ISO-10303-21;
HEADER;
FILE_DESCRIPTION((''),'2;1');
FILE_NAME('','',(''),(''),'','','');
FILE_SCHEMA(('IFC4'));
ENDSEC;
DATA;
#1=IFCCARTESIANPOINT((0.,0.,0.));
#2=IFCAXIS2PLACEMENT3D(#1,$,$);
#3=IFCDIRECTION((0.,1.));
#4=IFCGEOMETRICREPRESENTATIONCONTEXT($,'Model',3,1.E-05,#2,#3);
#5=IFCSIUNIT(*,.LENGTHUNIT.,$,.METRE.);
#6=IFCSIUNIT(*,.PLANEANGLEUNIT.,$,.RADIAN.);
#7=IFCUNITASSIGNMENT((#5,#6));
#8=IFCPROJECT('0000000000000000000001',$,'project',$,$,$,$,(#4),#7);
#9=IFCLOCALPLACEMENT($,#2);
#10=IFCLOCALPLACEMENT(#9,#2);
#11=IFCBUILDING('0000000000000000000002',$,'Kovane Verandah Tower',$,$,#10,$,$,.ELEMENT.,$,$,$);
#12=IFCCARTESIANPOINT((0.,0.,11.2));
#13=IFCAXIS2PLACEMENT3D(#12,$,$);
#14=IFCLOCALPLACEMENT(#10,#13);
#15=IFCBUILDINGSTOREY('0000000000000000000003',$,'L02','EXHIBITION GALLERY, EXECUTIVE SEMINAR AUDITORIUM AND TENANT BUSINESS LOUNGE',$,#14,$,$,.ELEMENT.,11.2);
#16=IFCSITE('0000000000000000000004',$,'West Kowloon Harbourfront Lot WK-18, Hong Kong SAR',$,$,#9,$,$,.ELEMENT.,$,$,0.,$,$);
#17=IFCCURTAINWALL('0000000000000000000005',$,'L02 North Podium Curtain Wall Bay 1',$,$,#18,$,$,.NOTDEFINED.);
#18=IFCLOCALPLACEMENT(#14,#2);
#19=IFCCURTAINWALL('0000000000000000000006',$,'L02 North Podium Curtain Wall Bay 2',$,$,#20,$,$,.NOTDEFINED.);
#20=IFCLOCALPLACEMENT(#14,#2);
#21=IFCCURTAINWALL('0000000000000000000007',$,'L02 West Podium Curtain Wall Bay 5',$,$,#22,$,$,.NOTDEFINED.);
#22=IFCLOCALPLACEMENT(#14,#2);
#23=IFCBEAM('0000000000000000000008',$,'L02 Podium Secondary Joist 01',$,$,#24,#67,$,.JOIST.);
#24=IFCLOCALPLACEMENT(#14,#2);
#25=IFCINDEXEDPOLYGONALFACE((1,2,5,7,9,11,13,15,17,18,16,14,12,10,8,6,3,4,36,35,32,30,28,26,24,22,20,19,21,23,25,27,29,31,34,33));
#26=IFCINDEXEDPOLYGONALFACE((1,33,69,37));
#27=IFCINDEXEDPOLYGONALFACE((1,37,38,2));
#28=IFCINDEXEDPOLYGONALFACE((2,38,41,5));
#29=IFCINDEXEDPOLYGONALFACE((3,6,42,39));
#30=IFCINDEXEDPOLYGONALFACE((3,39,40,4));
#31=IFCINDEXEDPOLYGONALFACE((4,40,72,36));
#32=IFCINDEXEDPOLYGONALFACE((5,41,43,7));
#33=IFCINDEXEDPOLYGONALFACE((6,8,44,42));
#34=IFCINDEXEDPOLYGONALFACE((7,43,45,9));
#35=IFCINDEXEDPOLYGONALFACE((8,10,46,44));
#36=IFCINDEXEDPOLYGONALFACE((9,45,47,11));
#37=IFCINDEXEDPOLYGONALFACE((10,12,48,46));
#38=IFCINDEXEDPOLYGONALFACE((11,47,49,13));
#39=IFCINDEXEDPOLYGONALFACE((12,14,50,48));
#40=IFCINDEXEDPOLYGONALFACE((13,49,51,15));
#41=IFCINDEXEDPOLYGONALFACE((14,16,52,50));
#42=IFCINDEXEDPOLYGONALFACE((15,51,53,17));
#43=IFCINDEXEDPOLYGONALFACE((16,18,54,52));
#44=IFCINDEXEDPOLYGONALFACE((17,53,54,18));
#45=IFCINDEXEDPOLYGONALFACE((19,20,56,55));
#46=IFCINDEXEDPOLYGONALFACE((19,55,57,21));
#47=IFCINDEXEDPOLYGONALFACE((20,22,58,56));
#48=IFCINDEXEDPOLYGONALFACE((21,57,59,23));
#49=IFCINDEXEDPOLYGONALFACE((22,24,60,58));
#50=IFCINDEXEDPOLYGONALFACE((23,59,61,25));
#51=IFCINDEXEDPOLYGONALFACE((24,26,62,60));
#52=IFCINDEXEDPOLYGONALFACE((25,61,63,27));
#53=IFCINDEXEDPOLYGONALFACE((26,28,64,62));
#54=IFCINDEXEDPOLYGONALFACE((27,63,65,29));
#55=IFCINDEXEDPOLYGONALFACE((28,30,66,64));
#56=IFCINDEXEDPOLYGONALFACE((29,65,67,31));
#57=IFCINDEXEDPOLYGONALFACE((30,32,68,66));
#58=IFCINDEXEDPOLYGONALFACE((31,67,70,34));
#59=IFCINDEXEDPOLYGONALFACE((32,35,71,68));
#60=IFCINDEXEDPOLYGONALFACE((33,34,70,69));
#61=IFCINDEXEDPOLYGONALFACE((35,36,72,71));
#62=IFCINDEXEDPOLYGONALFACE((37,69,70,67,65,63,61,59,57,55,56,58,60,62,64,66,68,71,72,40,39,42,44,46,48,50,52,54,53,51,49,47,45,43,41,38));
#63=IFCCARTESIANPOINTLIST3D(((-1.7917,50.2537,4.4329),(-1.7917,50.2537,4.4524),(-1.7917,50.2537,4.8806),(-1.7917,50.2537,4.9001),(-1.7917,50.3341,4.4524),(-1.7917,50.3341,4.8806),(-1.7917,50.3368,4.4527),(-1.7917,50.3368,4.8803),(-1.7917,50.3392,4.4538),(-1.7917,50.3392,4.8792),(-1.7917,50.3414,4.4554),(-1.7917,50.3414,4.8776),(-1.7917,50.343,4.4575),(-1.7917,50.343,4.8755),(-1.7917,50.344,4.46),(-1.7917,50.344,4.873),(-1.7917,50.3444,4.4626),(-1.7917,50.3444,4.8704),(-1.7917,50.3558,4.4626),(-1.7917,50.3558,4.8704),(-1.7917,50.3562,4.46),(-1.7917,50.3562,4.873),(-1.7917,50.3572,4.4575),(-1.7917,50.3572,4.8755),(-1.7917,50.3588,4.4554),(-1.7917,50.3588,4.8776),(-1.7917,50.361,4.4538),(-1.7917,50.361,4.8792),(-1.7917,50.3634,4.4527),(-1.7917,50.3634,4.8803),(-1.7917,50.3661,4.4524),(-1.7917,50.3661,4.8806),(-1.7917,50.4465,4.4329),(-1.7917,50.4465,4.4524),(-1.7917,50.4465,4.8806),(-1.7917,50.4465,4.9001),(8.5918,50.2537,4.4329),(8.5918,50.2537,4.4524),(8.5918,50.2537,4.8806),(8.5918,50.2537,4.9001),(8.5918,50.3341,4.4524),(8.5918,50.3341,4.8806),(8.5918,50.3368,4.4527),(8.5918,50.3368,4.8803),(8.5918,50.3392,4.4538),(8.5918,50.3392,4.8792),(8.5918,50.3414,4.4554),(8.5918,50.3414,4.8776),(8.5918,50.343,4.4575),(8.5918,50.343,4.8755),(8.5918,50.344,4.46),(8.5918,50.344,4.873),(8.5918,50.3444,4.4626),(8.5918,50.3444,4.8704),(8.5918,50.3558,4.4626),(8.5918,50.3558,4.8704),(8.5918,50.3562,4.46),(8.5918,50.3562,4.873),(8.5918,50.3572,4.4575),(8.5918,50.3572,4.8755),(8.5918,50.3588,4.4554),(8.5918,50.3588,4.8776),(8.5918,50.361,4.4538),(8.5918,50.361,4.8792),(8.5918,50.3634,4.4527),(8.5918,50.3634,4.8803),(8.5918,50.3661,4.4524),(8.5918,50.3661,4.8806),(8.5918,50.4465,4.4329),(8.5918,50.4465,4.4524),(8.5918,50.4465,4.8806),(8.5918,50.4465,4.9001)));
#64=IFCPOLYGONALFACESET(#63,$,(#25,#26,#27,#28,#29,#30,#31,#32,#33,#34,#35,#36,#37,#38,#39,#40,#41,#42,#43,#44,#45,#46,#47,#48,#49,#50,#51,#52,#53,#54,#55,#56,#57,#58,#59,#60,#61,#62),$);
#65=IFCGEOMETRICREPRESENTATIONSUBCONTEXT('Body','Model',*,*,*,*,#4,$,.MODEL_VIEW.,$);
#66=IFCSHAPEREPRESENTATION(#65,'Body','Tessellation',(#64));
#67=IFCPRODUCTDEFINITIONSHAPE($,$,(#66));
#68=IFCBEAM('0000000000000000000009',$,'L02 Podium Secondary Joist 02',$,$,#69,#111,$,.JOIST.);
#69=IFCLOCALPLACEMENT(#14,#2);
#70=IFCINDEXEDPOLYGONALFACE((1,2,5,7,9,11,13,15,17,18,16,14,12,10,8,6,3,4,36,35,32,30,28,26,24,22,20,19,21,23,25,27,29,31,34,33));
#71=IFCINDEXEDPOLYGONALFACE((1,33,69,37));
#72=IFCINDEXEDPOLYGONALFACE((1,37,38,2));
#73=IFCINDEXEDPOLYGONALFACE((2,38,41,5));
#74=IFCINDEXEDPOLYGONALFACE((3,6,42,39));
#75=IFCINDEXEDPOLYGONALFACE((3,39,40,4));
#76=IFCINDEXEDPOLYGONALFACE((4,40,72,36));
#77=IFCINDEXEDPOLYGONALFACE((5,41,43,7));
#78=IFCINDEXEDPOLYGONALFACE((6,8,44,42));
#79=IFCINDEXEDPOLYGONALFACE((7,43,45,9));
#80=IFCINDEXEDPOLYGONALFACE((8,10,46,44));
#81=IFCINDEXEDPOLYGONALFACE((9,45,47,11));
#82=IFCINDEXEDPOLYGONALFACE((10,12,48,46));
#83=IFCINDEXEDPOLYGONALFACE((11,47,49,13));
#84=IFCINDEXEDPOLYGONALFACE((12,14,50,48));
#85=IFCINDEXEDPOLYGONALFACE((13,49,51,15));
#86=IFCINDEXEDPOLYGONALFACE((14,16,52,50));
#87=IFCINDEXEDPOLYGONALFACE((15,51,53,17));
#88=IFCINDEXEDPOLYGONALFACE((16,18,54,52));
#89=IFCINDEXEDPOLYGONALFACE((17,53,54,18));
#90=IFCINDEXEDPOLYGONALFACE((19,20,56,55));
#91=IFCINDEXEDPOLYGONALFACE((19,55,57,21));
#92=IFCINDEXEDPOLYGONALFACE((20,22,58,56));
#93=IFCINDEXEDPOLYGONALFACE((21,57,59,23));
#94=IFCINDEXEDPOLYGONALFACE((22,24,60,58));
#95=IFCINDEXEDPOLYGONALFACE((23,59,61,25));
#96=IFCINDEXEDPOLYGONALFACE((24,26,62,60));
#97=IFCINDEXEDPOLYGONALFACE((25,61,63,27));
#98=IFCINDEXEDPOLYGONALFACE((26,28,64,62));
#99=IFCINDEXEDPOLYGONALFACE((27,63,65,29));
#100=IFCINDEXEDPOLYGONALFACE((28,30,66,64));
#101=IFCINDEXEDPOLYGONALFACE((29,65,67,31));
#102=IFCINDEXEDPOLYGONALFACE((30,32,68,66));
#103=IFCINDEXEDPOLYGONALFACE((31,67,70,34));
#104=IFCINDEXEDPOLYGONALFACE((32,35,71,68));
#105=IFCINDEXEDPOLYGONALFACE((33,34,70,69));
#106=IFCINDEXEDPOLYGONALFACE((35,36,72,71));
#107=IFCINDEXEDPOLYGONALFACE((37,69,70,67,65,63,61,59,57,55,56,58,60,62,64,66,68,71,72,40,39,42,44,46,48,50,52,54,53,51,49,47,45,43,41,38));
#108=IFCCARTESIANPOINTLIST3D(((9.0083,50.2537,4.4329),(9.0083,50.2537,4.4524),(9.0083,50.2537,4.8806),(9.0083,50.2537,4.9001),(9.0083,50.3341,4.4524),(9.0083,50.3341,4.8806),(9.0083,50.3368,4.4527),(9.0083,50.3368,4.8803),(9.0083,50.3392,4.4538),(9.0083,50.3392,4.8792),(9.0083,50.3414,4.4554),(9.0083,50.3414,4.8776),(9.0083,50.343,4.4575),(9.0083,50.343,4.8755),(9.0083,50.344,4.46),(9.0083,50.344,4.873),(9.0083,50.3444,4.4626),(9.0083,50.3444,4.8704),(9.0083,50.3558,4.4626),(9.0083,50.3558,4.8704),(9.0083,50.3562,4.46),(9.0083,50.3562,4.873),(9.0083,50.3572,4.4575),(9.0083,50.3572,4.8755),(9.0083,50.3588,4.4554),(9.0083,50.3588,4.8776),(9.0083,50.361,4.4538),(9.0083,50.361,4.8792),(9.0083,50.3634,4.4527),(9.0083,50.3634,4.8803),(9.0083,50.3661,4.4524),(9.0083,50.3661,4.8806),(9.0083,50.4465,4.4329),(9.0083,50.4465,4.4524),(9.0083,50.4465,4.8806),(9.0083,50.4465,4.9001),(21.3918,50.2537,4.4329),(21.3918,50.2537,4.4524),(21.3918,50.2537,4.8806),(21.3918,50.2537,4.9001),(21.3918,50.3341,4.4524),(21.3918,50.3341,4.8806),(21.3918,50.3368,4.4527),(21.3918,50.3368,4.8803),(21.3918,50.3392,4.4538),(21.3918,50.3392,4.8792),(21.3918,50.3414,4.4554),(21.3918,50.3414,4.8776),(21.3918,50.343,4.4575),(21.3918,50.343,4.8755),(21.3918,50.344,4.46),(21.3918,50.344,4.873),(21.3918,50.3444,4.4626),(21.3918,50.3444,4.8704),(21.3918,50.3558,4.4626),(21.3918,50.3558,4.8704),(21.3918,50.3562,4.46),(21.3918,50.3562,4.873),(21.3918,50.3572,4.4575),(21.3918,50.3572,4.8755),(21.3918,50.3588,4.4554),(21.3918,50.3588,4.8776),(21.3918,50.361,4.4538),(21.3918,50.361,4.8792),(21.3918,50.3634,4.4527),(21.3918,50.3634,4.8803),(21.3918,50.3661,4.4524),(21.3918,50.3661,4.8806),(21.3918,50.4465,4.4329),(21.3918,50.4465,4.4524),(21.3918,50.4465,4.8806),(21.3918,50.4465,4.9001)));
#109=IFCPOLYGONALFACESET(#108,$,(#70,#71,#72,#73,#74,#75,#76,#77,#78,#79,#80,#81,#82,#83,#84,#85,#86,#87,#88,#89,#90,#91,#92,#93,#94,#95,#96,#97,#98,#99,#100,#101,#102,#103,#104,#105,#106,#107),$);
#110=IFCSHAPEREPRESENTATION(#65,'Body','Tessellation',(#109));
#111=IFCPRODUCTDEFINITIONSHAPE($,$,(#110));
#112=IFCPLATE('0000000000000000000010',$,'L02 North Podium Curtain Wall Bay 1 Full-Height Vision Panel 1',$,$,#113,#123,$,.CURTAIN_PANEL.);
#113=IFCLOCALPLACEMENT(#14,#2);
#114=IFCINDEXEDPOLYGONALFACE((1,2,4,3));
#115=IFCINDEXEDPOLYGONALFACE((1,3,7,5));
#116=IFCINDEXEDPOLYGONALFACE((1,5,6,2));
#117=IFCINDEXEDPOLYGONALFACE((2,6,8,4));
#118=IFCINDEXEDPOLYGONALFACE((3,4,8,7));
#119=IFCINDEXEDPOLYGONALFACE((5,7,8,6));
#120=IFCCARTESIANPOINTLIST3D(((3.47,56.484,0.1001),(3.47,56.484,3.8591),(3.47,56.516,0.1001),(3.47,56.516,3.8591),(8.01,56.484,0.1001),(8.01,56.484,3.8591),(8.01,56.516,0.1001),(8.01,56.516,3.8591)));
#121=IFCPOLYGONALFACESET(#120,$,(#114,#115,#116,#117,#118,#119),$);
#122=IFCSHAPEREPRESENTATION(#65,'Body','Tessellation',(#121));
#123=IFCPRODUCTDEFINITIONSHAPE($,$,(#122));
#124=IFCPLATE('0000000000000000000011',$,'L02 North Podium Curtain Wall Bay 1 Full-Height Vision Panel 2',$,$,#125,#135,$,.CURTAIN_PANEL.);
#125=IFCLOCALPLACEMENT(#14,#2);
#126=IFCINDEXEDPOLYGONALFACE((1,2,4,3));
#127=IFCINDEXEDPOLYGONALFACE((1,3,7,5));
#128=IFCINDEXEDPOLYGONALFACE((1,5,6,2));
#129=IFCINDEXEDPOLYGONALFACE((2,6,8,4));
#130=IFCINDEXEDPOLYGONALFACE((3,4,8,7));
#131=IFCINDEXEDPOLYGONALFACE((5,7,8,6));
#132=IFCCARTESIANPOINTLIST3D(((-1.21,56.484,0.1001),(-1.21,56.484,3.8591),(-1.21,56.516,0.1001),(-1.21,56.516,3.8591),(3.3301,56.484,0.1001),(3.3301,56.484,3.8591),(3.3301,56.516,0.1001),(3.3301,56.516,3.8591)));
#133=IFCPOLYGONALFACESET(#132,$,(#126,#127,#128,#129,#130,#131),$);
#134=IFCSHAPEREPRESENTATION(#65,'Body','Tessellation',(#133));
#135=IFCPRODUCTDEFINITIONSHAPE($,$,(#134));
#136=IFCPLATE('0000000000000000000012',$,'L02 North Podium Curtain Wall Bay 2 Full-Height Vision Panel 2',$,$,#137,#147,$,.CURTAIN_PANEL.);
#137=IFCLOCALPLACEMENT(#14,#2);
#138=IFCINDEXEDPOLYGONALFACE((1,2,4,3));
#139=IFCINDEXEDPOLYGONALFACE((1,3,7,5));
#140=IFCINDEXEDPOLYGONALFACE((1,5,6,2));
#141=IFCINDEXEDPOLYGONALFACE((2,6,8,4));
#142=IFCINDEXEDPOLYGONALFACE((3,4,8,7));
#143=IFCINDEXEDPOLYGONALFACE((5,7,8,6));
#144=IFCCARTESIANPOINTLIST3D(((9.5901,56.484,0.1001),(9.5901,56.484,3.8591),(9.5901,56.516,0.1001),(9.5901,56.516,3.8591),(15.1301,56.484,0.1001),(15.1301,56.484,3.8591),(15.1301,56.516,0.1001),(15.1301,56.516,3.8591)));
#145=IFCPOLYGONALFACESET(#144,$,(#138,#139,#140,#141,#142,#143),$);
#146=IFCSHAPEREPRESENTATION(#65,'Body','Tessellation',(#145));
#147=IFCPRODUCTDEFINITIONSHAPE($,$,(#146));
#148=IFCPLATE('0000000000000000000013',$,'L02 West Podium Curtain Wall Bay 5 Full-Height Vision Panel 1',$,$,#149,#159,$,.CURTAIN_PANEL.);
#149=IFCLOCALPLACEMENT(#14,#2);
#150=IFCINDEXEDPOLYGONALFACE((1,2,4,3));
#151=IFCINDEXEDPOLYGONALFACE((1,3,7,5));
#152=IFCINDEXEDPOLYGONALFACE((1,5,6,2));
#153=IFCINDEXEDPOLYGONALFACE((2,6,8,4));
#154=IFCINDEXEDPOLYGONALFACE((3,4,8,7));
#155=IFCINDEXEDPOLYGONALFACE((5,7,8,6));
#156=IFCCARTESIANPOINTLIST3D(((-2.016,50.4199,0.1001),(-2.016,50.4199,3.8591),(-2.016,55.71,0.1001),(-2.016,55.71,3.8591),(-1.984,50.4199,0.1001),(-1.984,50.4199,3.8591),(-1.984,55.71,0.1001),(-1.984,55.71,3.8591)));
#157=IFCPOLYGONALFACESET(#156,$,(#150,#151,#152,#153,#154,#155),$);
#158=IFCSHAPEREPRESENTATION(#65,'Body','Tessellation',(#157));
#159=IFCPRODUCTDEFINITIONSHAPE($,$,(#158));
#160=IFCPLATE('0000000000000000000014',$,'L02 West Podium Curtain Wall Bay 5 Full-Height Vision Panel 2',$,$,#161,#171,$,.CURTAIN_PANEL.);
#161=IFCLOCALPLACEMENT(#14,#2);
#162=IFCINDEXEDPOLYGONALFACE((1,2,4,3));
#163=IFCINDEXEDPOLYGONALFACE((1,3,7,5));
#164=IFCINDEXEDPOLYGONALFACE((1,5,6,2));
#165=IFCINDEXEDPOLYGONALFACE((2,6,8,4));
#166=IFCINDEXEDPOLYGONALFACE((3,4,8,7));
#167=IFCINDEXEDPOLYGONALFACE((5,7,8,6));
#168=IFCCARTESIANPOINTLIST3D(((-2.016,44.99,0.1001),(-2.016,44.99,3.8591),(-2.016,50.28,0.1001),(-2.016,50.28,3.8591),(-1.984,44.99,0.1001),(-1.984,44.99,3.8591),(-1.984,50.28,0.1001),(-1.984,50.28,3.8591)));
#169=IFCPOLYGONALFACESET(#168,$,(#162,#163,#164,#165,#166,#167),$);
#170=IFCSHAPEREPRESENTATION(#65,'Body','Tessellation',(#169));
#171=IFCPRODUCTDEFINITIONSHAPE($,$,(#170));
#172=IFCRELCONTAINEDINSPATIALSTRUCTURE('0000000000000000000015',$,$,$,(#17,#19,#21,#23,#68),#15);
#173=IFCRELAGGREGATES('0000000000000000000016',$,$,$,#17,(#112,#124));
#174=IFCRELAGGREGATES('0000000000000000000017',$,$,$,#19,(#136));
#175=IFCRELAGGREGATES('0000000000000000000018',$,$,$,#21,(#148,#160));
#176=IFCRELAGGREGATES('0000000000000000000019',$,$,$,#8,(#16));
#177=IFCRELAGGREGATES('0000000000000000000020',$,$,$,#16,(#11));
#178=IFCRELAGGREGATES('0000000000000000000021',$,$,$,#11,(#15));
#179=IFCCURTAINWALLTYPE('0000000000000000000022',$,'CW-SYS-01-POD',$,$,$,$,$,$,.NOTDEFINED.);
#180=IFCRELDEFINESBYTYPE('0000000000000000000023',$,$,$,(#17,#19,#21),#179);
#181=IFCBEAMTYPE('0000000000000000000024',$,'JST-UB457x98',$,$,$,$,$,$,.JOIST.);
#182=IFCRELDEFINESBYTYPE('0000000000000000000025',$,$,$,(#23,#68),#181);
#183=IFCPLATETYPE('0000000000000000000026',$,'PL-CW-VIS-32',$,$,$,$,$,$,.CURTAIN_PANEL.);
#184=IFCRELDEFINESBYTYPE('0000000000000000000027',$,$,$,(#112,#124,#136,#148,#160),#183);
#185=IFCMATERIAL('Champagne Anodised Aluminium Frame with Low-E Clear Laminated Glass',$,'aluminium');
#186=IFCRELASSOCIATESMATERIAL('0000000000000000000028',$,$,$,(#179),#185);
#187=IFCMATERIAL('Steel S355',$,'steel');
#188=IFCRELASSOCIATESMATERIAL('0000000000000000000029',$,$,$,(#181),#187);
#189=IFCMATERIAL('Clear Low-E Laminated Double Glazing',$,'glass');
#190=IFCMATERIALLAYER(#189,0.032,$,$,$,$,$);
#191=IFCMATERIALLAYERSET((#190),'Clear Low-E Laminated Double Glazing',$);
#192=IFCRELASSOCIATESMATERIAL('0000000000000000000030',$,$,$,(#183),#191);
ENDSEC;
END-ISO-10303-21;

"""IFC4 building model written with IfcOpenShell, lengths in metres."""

from ifc_helpers import new_model, si_unit, direction, frame, origin, origin_2d, place, context, subcontext, project, spatial, rectangle, i_section, extrude, material, layer, layer_set, material_profile, profile_set, type_object, element, aggregate, save


model = new_model("IFC4")

# Units and contexts
model_context = context("Model", 3, precision=1e-05, world=origin(), true_north=direction((0.0, 1.0)))
body_context = subcontext(model_context, "Body", "Model", "MODEL_VIEW")
ifc_project = project(units=[si_unit("LENGTHUNIT", "METRE"), si_unit("PLANEANGLEUNIT", "RADIAN")], contexts=[model_context])

# Site, building, storey
site_placement = place(None, origin())
site = spatial("IfcSite", under=ifc_project, at=site_placement, Name="West Kowloon Harbourfront Lot WK-18, Hong Kong SAR", CompositionType="ELEMENT", RefElevation=0.0)
building_placement = place(site_placement, origin())
building = spatial("IfcBuilding", under=site, at=building_placement, Name="Kovane Verandah Tower", CompositionType="ELEMENT")
storey_placement = place(building_placement, frame((0.0, 0.0, 11.2)))
storey = spatial("IfcBuildingStorey", under=building, at=storey_placement, Name="L02", Description="EXHIBITION GALLERY, EXECUTIVE SEMINAR AUDITORIUM AND TENANT BUSINESS LOUNGE", CompositionType="ELEMENT", Elevation=11.2)

# Curtain wall
ifc_material_1 = material(Name="Champagne Anodised Aluminium Frame with Low-E Clear Laminated Glass", Category="aluminium")
curtain_wall_type = type_object("IfcCurtainWallType", Name="CW-SYS-01-POD", PredefinedType="NOTDEFINED", material=ifc_material_1)
curtain_wall_1_placement = place(storey_placement, origin())
curtain_wall_1 = element("IfcCurtainWall", 1, at=curtain_wall_1_placement, inside=storey, type_object=curtain_wall_type, Name="L02 North Podium Curtain Wall Bay 1", PredefinedType="NOTDEFINED")

# Curtain wall
curtain_wall_2_placement = place(storey_placement, origin())
curtain_wall_2 = element("IfcCurtainWall", 2, at=curtain_wall_2_placement, inside=storey, type_object=curtain_wall_type, Name="L02 North Podium Curtain Wall Bay 2", PredefinedType="NOTDEFINED")

# Curtain wall
curtain_wall_3_placement = place(storey_placement, origin())
curtain_wall_3 = element("IfcCurtainWall", 3, at=curtain_wall_3_placement, inside=storey, type_object=curtain_wall_type, Name="L02 West Podium Curtain Wall Bay 5", PredefinedType="NOTDEFINED")

# Beams
ifc_material_2 = material(Name="Steel S355", Category="steel")
ifc_material_profile_1 = material_profile(ifc_material_2, i_section(OverallWidth=0.1929, OverallDepth=0.4673, WebThickness=0.0115, FlangeThickness=0.0195, FilletRadius=0.0103, at=origin_2d()), Name="UB457x191x98")
ifc_profile_set_1 = profile_set([ifc_material_profile_1], Name="Steel S355")
beam_type_1 = type_object("IfcBeamType", Name="JST-UB457x98", PredefinedType="JOIST", material=ifc_profile_set_1)
beam_1_placement = place(storey_placement, frame((-1.7917, 50.3501, 4.6665), z_axis=(1.0, 0.0, 0.0), x_axis=(0.0, 1.0, 0.0)))
element("IfcBeam", 4, at=beam_1_placement, inside=storey, type_object=beam_type_1, Name="L02 Podium Secondary Joist 01", PredefinedType="JOIST", context=body_context, shape_type="SweptSolid", body=[
    extrude(i_section(OverallWidth=0.1929, OverallDepth=0.4673, WebThickness=0.0115, FlangeThickness=0.0195, FilletRadius=0.0103, at=origin_2d()), origin(), (0.0, 0.0, 1.0), 10.3835),
])
beam_2_placement = place(storey_placement, frame((9.0083, 50.3501, 4.6665), z_axis=(1.0, 0.0, 0.0), x_axis=(0.0, 1.0, 0.0)))
element("IfcBeam", 5, at=beam_2_placement, inside=storey, type_object=beam_type_1, Name="L02 Podium Secondary Joist 02", PredefinedType="JOIST", context=body_context, shape_type="SweptSolid", body=[
    extrude(i_section(OverallWidth=0.1929, OverallDepth=0.4673, WebThickness=0.0115, FlangeThickness=0.0195, FilletRadius=0.0103, at=origin_2d()), origin(), (0.0, 0.0, 1.0), 12.3835),
])

# Plates
ifc_material_3 = material(Name="Clear Low-E Laminated Double Glazing", Category="glass")
ifc_layer = layer(ifc_material_3, 0.032)
ifc_layer_set = layer_set([ifc_layer], Name="Clear Low-E Laminated Double Glazing")
plate_type = type_object("IfcPlateType", Name="PL-CW-VIS-32", PredefinedType="CURTAIN_PANEL", material=ifc_layer_set)
plate_1_placement = place(storey_placement, frame((5.74, 56.5, 0.1001), z_axis=(0.0, 0.0, 1.0), x_axis=(-1.0, 0.0, 0.0)))
plate_1 = element("IfcPlate", 6, at=plate_1_placement, type_object=plate_type, Name="L02 North Podium Curtain Wall Bay 1 Full-Height Vision Panel 1", PredefinedType="CURTAIN_PANEL", context=body_context, shape_type="SweptSolid", body=[
    extrude(rectangle(XDim=4.54, YDim=0.032, at=origin_2d()), origin(), (0.0, 0.0, 1.0), 3.759),
])
plate_2_placement = place(storey_placement, frame((1.0601, 56.5, 0.1001), z_axis=(0.0, 0.0, 1.0), x_axis=(-1.0, 0.0, 0.0)))
plate_2 = element("IfcPlate", 7, at=plate_2_placement, type_object=plate_type, Name="L02 North Podium Curtain Wall Bay 1 Full-Height Vision Panel 2", PredefinedType="CURTAIN_PANEL", context=body_context, shape_type="SweptSolid", body=[
    extrude(rectangle(XDim=4.54, YDim=0.032, at=origin_2d()), origin(), (0.0, 0.0, 1.0), 3.759),
])
aggregate(curtain_wall_1, [plate_1, plate_2])
plate_3_placement = place(storey_placement, frame((12.3601, 56.5, 0.1001), z_axis=(0.0, 0.0, 1.0), x_axis=(-1.0, 0.0, 0.0)))
plate_3 = element("IfcPlate", 8, at=plate_3_placement, type_object=plate_type, Name="L02 North Podium Curtain Wall Bay 2 Full-Height Vision Panel 2", PredefinedType="CURTAIN_PANEL", context=body_context, shape_type="SweptSolid", body=[
    extrude(rectangle(XDim=5.54, YDim=0.032, at=origin_2d()), origin(), (0.0, 0.0, 1.0), 3.759),
])
aggregate(curtain_wall_2, [plate_3])
plate_4_placement = place(storey_placement, frame((-2.0, 53.0649, 0.1001), z_axis=(0.0, 0.0, 1.0), x_axis=(0.0, -1.0, 0.0)))
plate_4 = element("IfcPlate", 9, at=plate_4_placement, type_object=plate_type, Name="L02 West Podium Curtain Wall Bay 5 Full-Height Vision Panel 1", PredefinedType="CURTAIN_PANEL", context=body_context, shape_type="SweptSolid", body=[
    extrude(rectangle(XDim=5.29, YDim=0.032, at=origin_2d()), origin(), (0.0, 0.0, 1.0), 3.759),
])
plate_5_placement = place(storey_placement, frame((-2.0, 47.635, 0.1001), z_axis=(0.0, 0.0, 1.0), x_axis=(0.0, -1.0, 0.0)))
plate_5 = element("IfcPlate", 10, at=plate_5_placement, type_object=plate_type, Name="L02 West Podium Curtain Wall Bay 5 Full-Height Vision Panel 2", PredefinedType="CURTAIN_PANEL", context=body_context, shape_type="SweptSolid", body=[
    extrude(rectangle(XDim=5.29, YDim=0.032, at=origin_2d()), origin(), (0.0, 0.0, 1.0), 3.759),
])
aggregate(curtain_wall_3, [plate_4, plate_5])

save(model, "model.ifc")
